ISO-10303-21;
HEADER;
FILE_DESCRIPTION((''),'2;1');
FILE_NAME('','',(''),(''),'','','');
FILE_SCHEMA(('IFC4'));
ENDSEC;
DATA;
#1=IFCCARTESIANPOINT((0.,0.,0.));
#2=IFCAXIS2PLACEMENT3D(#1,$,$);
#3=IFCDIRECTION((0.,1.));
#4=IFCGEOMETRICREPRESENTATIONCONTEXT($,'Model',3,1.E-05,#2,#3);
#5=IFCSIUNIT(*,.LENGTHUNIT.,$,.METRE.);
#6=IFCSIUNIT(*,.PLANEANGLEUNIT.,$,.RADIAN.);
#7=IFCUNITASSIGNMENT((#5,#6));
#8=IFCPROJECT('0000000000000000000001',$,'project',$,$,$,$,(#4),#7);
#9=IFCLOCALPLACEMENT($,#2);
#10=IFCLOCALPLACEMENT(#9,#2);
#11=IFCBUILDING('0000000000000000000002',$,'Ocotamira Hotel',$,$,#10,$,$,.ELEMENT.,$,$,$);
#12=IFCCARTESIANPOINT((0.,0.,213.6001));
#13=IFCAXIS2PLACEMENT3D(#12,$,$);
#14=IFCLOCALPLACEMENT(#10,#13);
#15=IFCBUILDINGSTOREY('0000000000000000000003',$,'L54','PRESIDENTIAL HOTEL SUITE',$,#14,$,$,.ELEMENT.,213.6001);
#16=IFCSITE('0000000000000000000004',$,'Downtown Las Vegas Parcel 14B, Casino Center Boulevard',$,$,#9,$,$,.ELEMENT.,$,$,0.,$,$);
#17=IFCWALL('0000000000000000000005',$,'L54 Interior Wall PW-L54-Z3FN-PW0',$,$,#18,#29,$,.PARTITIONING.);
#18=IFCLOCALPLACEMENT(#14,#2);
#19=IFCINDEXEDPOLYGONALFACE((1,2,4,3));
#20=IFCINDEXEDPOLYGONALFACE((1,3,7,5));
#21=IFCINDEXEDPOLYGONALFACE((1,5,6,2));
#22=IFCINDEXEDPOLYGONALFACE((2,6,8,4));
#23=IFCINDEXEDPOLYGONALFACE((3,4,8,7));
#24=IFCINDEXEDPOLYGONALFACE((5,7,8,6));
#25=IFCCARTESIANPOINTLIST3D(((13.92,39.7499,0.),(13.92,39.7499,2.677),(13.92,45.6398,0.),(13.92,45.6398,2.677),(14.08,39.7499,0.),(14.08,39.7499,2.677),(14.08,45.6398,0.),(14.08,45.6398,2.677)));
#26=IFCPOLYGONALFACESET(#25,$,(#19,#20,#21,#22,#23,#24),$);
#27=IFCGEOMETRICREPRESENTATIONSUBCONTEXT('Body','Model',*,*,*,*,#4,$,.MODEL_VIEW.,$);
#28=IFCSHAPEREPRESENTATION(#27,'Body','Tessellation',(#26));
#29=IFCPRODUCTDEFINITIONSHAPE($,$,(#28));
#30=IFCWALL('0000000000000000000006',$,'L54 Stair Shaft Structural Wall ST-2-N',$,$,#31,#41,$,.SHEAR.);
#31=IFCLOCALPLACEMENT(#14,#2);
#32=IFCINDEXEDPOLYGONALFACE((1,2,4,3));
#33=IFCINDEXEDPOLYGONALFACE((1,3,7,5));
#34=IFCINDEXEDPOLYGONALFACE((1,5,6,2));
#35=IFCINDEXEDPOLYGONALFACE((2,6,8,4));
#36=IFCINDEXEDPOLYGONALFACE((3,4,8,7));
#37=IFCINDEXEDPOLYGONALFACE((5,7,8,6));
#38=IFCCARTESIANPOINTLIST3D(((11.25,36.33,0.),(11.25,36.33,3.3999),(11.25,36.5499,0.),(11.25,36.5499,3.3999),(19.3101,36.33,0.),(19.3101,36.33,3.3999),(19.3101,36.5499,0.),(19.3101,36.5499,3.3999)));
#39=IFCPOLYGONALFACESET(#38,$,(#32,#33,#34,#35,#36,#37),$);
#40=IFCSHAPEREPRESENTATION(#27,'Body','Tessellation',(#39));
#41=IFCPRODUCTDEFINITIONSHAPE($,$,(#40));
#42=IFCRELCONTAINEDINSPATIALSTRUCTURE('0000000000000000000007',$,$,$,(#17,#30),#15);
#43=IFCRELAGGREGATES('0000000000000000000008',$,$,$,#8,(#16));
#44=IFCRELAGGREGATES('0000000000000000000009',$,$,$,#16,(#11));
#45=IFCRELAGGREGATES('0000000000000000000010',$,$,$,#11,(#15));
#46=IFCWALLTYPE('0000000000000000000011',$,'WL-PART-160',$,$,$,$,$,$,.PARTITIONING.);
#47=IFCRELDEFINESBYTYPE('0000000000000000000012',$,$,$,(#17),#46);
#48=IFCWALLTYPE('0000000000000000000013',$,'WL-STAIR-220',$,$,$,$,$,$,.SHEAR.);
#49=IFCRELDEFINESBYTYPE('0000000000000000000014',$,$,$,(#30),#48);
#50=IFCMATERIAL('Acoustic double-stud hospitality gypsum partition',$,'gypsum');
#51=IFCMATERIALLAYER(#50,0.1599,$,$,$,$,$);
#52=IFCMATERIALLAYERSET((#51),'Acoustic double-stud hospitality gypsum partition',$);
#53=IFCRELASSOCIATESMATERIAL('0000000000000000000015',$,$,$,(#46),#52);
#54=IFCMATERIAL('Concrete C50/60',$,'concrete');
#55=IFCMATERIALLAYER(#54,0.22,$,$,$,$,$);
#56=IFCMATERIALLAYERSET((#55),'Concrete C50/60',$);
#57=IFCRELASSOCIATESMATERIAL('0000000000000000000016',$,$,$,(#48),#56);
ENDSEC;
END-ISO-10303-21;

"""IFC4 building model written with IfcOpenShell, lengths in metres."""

from ifc_helpers import new_model, si_unit, direction, frame, frame_2d, origin, place, context, subcontext, project, spatial, rectangle, extrude, material, layer, layer_set, type_object, element, save


model = new_model("IFC4")

# Units and contexts
model_context = context("Model", 3, precision=1e-05, world=origin(), true_north=direction((0.0, 1.0)))
body_context = subcontext(model_context, "Body", "Model", "MODEL_VIEW")
ifc_project = project(units=[si_unit("LENGTHUNIT", "METRE"), si_unit("PLANEANGLEUNIT", "RADIAN")], contexts=[model_context])

# Site, building, storey
site_placement = place(None, origin())
site = spatial("IfcSite", under=ifc_project, at=site_placement, Name="Downtown Las Vegas Parcel 14B, Casino Center Boulevard", CompositionType="ELEMENT", RefElevation=0.0)
building_placement = place(site_placement, origin())
building = spatial("IfcBuilding", under=site, at=building_placement, Name="Ocotamira Hotel", CompositionType="ELEMENT")
storey_placement = place(building_placement, frame((0.0, 0.0, 213.6001)))
storey = spatial("IfcBuildingStorey", under=building, at=storey_placement, Name="L54", Description="PRESIDENTIAL HOTEL SUITE", CompositionType="ELEMENT", Elevation=213.6001)

# Shared definitions
ifc_material_1 = material(Name="Concrete C50/60", Category="concrete")

# Walls
ifc_material_2 = material(Name="Acoustic double-stud hospitality gypsum partition", Category="gypsum")
ifc_layer_1 = layer(ifc_material_2, 0.1599)
ifc_layer_set_1 = layer_set([ifc_layer_1], Name="Acoustic double-stud hospitality gypsum partition")
wall_type_1 = type_object("IfcWallType", Name="WL-PART-160", PredefinedType="PARTITIONING", material=ifc_layer_set_1)
wall_1_placement = place(storey_placement, frame((14.0, 39.75, 0.0), z_axis=(0.0, 0.0, 1.0), x_axis=(0.0, 1.0, 0.0)))
element("IfcWall", 1, at=wall_1_placement, inside=storey, type_object=wall_type_1, Name="L54 Interior Wall PW-L54-Z3FN-PW0", PredefinedType="PARTITIONING", context=body_context, shape_type="SweptSolid", body=[
    extrude(rectangle(XDim=5.8899, YDim=0.1599, at=frame_2d((2.9448, 0.0))), origin(), (0.0, 0.0, 1.0), 2.677),
])
ifc_layer_2 = layer(ifc_material_1, 0.22)
ifc_layer_set_2 = layer_set([ifc_layer_2], Name="Concrete C50/60")
wall_type_2 = type_object("IfcWallType", Name="WL-STAIR-220", PredefinedType="SHEAR", material=ifc_layer_set_2)
wall_2_placement = place(storey_placement, frame((11.25, 36.4399, 0.0), z_axis=(0.0, 0.0, 1.0), x_axis=(1.0, 0.0, 0.0)))
element("IfcWall", 2, at=wall_2_placement, inside=storey, type_object=wall_type_2, Name="L54 Stair Shaft Structural Wall ST-2-N", PredefinedType="SHEAR", context=body_context, shape_type="SweptSolid", body=[
    extrude(rectangle(XDim=8.0601, YDim=0.22, at=frame_2d((4.03, 0.0))), origin(), (0.0, 0.0, 1.0), 3.3999),
])

save(model, "model.ifc")
